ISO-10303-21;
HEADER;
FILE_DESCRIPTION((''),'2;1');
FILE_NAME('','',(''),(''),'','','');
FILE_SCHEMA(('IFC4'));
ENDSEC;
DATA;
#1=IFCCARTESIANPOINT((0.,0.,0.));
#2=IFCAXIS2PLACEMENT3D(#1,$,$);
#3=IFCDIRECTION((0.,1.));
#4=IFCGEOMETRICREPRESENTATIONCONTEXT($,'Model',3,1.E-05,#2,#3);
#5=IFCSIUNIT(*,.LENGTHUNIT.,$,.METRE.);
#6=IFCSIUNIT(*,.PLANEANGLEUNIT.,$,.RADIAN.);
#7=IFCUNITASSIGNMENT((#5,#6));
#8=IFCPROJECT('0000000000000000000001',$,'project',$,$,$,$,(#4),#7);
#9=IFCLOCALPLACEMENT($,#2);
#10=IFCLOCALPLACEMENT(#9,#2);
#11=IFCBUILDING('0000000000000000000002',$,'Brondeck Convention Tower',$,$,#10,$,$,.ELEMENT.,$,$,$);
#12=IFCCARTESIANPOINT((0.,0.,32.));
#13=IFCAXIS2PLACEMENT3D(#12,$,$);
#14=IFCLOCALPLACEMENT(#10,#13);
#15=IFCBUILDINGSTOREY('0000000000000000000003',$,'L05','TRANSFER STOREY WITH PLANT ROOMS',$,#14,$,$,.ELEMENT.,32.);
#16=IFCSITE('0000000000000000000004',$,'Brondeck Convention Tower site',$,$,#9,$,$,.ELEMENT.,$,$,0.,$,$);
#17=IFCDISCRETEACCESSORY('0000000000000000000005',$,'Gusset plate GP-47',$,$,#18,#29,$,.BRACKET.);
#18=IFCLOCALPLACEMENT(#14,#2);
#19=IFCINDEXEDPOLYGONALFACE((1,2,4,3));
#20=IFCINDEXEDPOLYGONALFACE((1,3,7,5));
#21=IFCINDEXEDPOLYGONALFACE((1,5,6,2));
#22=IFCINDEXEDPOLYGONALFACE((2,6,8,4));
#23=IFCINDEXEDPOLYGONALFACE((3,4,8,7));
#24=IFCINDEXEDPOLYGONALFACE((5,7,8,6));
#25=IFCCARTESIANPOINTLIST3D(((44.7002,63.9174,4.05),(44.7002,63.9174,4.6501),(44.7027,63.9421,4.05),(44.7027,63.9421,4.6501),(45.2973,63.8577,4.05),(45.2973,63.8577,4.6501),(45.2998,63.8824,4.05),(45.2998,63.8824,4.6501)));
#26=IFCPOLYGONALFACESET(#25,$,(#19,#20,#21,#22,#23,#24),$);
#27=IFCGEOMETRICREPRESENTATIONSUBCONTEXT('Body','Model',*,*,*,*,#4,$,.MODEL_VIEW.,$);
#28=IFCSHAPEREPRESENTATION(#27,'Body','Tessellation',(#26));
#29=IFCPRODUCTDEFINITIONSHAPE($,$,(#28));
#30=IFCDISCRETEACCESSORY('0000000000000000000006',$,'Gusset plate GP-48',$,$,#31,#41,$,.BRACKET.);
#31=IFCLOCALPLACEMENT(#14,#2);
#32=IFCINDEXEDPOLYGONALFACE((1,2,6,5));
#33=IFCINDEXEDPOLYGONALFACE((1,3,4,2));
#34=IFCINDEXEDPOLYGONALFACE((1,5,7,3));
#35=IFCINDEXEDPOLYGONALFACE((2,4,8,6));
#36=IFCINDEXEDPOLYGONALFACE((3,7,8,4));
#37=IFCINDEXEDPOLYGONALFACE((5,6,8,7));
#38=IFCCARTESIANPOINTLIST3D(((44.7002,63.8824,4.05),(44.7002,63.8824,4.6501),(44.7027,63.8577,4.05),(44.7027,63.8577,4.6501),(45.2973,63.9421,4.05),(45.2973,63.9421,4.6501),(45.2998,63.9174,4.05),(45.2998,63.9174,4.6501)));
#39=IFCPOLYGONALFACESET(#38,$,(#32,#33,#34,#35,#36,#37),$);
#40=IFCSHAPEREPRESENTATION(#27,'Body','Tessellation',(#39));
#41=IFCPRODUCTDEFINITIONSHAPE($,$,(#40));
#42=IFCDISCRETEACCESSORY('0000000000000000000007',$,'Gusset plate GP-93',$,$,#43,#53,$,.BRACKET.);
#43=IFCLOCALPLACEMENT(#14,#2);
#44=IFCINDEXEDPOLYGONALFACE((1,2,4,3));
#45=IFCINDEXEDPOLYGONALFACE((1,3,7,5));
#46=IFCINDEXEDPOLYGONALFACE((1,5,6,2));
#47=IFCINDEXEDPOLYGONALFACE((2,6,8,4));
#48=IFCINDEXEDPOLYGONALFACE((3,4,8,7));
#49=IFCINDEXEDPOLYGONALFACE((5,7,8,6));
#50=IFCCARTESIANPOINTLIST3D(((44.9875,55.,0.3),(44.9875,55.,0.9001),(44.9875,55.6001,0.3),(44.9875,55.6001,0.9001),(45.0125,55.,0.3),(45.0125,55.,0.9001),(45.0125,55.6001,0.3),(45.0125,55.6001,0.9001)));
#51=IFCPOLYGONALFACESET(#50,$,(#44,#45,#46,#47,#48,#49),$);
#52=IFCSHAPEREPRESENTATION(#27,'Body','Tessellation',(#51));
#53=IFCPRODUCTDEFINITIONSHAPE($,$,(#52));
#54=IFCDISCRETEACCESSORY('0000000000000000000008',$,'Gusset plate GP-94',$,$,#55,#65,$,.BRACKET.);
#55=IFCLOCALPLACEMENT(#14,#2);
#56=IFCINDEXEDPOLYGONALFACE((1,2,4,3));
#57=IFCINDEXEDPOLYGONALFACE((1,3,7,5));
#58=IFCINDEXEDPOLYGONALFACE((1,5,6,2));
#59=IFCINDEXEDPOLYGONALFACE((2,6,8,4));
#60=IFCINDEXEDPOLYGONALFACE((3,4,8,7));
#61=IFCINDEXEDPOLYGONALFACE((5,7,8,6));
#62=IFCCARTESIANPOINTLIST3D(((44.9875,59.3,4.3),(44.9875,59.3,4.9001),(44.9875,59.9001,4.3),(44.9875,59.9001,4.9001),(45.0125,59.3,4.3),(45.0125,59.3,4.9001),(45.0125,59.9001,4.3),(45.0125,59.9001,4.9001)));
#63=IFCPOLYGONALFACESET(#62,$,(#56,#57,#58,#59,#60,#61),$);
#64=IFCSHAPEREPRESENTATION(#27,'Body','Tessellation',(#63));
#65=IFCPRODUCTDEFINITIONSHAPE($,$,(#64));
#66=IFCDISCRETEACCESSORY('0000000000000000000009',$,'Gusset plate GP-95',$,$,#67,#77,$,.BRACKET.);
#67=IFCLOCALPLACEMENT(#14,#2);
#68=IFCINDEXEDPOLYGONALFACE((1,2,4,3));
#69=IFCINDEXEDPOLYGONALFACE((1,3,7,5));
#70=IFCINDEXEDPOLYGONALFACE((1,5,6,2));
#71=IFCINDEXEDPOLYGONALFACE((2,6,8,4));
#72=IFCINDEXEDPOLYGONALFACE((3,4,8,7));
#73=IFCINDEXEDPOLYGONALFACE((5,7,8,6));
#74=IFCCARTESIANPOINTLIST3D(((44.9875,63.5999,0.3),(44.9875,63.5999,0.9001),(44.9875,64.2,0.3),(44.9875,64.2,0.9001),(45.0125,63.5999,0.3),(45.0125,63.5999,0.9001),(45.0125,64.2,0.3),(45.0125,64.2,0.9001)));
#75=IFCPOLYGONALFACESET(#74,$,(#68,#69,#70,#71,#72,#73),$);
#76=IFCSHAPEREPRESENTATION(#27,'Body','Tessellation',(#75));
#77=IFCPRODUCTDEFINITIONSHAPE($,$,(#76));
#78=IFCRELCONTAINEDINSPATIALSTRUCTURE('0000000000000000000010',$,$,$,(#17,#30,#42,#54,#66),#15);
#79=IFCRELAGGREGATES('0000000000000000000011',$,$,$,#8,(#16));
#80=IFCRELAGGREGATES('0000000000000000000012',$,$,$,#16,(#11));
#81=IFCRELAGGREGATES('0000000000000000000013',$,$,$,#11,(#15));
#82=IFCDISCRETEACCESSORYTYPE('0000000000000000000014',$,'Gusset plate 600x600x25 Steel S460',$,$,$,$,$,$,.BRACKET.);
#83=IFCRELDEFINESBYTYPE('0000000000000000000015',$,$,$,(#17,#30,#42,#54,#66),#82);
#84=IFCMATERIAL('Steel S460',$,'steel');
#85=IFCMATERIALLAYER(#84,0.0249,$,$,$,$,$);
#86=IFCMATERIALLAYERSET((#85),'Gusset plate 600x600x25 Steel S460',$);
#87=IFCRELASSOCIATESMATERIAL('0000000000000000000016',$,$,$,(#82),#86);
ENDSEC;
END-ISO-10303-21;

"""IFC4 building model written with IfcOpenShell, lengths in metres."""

from ifc_helpers import new_model, si_unit, direction, frame, origin, origin_2d, place, context, subcontext, project, spatial, rectangle, extrude, material, layer, layer_set, type_object, element, save


model = new_model("IFC4")

# Units and contexts
model_context = context("Model", 3, precision=1e-05, world=origin(), true_north=direction((0.0, 1.0)))
body_context = subcontext(model_context, "Body", "Model", "MODEL_VIEW")
ifc_project = project(units=[si_unit("LENGTHUNIT", "METRE"), si_unit("PLANEANGLEUNIT", "RADIAN")], contexts=[model_context])

# Site, building, storey
site_placement = place(None, origin())
site = spatial("IfcSite", under=ifc_project, at=site_placement, Name="Brondeck Convention Tower site", CompositionType="ELEMENT", RefElevation=0.0)
building_placement = place(site_placement, origin())
building = spatial("IfcBuilding", under=site, at=building_placement, Name="Brondeck Convention Tower", CompositionType="ELEMENT")
storey_placement = place(building_placement, frame((0.0, 0.0, 32.0)))
storey = spatial("IfcBuildingStorey", under=building, at=storey_placement, Name="L05", Description="TRANSFER STOREY WITH PLANT ROOMS", CompositionType="ELEMENT", Elevation=32.0)

# Shared definitions
ifc_material_1 = material(Name="Steel S460", Category="steel")

# Discrete accessories
ifc_layer_1 = layer(ifc_material_1, 0.0249)
ifc_layer_set_1 = layer_set([ifc_layer_1], Name="Gusset plate 600x600x25 Steel S460")
discrete_accessory_type = type_object("IfcDiscreteAccessoryType", Name="Gusset plate 600x600x25 Steel S460", PredefinedType="BRACKET", material=ifc_layer_set_1)
for number, where, z_axis, x_axis, name in (
    (1, (45.0, 63.8999, 4.05), (0.0, 0.0, 1.0), (-0.995036, 0.099511, 0.0), "Gusset plate GP-47"),
    (2, (45.0, 63.8999, 4.05), (0.0, 0.0, 1.0), (0.995036, 0.099511, 0.0), "Gusset plate GP-48"),
    (3, (45.0, 55.3, 0.3), (0.0, 0.0, 1.0), (0.0, 1.0, 0.0), "Gusset plate GP-93"),
    (4, (45.0, 59.6001, 4.3), (0.0, 0.0, 1.0), (0.0, 1.0, 0.0), "Gusset plate GP-94"),
    (5, (45.0, 63.8999, 0.3), (0.0, 0.0, 1.0), (0.0, 1.0, 0.0), "Gusset plate GP-95"),
):
    element("IfcDiscreteAccessory", number, at=place(storey_placement, frame(where, z_axis=z_axis, x_axis=x_axis)), inside=storey, type_object=discrete_accessory_type, Name=name, PredefinedType="BRACKET", context=body_context, shape_type="SweptSolid", body=[
        extrude(rectangle(XDim=0.6001, YDim=0.0249, at=origin_2d()), origin(), (0.0, 0.0, 1.0), 0.6001),
    ])

save(model, "model.ifc")
